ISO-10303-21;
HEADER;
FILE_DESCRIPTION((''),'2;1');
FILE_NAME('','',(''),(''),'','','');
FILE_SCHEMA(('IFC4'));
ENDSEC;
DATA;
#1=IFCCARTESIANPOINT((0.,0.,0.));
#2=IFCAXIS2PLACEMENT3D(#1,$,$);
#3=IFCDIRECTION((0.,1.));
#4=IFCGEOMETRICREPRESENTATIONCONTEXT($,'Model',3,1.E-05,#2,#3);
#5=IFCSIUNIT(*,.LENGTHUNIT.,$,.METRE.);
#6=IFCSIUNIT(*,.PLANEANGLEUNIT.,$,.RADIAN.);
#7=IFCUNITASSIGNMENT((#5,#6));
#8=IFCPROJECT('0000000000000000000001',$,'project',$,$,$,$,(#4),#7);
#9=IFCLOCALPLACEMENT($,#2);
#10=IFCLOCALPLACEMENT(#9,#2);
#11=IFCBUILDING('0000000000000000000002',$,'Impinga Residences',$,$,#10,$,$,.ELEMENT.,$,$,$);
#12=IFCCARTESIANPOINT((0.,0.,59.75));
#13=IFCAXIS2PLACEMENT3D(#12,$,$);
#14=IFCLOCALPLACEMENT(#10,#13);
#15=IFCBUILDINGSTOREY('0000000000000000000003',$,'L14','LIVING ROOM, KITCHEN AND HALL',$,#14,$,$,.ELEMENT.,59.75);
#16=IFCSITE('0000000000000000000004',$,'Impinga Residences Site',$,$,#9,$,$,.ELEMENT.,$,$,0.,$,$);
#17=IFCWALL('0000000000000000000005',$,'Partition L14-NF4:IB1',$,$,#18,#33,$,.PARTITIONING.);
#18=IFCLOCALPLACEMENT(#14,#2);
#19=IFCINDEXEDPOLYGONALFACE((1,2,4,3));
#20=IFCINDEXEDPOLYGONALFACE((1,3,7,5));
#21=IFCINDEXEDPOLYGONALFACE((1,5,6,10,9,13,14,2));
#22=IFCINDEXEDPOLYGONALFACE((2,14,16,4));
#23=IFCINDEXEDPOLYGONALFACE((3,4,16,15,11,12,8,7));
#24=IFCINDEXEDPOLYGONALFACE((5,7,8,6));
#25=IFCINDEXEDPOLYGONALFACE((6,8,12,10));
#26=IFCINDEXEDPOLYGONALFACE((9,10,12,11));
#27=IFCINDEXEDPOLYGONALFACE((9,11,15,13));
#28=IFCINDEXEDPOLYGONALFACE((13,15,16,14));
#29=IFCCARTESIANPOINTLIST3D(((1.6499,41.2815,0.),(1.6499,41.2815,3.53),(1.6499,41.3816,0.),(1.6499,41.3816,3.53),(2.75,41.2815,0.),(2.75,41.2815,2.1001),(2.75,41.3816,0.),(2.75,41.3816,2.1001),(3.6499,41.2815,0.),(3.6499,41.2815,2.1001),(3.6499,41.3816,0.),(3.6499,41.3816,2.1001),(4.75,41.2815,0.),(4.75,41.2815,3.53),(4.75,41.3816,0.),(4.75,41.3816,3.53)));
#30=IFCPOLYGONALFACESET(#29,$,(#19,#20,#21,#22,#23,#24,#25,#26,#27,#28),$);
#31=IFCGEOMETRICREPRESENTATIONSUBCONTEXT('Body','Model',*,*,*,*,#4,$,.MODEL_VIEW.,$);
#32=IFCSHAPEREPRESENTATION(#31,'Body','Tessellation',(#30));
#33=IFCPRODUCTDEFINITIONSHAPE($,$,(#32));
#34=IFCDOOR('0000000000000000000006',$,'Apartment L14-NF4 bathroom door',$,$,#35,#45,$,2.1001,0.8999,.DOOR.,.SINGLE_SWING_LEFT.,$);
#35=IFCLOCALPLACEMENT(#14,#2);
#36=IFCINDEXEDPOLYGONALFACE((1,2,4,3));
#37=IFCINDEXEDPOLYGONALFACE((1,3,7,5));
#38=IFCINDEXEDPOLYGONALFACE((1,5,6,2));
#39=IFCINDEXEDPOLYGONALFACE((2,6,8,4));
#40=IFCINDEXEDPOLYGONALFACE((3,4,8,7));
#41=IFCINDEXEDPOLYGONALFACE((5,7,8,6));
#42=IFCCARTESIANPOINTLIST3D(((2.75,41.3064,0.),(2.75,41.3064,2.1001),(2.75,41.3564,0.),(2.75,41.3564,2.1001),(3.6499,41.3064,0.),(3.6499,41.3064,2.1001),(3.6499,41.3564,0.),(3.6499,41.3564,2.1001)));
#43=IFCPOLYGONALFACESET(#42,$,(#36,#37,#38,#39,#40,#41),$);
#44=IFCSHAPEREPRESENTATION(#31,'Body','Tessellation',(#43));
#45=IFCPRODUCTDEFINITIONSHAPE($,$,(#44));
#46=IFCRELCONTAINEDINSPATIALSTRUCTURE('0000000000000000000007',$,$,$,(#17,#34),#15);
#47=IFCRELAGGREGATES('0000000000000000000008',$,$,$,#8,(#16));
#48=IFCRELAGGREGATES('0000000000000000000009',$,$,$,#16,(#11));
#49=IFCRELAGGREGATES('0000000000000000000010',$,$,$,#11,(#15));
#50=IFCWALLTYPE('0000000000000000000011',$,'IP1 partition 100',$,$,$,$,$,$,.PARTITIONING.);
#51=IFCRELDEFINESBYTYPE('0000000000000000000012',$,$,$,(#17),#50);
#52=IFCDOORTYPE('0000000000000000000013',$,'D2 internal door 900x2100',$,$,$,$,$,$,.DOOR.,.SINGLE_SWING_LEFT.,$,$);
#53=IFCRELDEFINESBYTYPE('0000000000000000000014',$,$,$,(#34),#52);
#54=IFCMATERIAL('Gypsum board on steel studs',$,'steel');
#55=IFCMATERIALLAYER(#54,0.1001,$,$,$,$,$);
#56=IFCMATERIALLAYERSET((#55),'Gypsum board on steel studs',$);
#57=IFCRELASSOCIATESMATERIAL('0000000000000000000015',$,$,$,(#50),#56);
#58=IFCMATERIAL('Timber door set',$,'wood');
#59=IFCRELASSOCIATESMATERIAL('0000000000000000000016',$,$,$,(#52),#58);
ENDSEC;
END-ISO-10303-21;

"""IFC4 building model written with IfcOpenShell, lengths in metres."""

from ifc_helpers import new_model, si_unit, direction, frame, frame_2d, origin, place, context, subcontext, project, spatial, rectangle, extrude, material, layer, layer_set, type_object, element, fill, save


model = new_model("IFC4")

# Units and contexts
model_context = context("Model", 3, precision=1e-05, world=origin(), true_north=direction((0.0, 1.0)))
body_context = subcontext(model_context, "Body", "Model", "MODEL_VIEW")
ifc_project = project(units=[si_unit("LENGTHUNIT", "METRE"), si_unit("PLANEANGLEUNIT", "RADIAN")], contexts=[model_context])

# Site, building, storey
site_placement = place(None, origin())
site = spatial("IfcSite", under=ifc_project, at=site_placement, Name="Impinga Residences Site", CompositionType="ELEMENT", RefElevation=0.0)
building_placement = place(site_placement, origin())
building = spatial("IfcBuilding", under=site, at=building_placement, Name="Impinga Residences", CompositionType="ELEMENT")
storey_placement = place(building_placement, frame((0.0, 0.0, 59.75)))
storey = spatial("IfcBuildingStorey", under=building, at=storey_placement, Name="L14", Description="LIVING ROOM, KITCHEN AND HALL", CompositionType="ELEMENT", Elevation=59.75)

# Shared definitions
ifc_material_1 = material(Name="Gypsum board on steel studs", Category="steel")
ifc_layer_1 = layer(ifc_material_1, 0.1001)
ifc_layer_set_1 = layer_set([ifc_layer_1], Name="Gypsum board on steel studs")
wall_type_1 = type_object("IfcWallType", Name="IP1 partition 100", PredefinedType="PARTITIONING", material=ifc_layer_set_1)

# Shared definitions
ifc_material_2 = material(Name="Timber door set", Category="wood")
door_type = type_object("IfcDoorType", Name="D2 internal door 900x2100", OperationType="SINGLE_SWING_LEFT", PredefinedType="DOOR", material=ifc_material_2)

# Wall, opening, door
wall_1_placement = place(storey_placement, frame((1.6499, 41.3315, 0.0), z_axis=(0.0, 0.0, 1.0), x_axis=(1.0, 0.0, 0.0)))
wall_1 = element("IfcWall", 1, at=wall_1_placement, inside=storey, type_object=wall_type_1, Name="Partition L14-NF4:IB1", PredefinedType="PARTITIONING", context=body_context, shape_type="SweptSolid", body=[
    extrude(rectangle(XDim=3.1001, YDim=0.1001, at=frame_2d((1.55, 0.0))), origin(), (0.0, 0.0, 1.0), 3.53),
])
opening_1_placement = place(wall_1_placement, frame((1.1001, 0.0, 0.0)))
opening_1 = element("IfcOpeningElement", 2, at=opening_1_placement, cuts=wall_1, PredefinedType="OPENING", context=body_context, shape_type="SweptSolid", body=[
    extrude(rectangle(XDim=0.8999, YDim=2.1001, at=frame_2d((0.45, 1.05))), frame((0.0, 0.0601, 0.0), z_axis=(0.0, -1.0, 0.0), x_axis=(1.0, 0.0, 0.0)), (0.0, 0.0, 1.0), 0.1201),
])
door_1_placement = place(opening_1_placement, origin())
door_1 = element("IfcDoor", 3, at=door_1_placement, inside=storey, type_object=door_type, Name="Apartment L14-NF4 bathroom door", OperationType="SINGLE_SWING_LEFT", OverallHeight=2.1001, OverallWidth=0.8999, PredefinedType="DOOR", context=body_context, shape_type="SweptSolid", body=[
    extrude(rectangle(XDim=0.8999, YDim=2.1001, at=frame_2d((0.45, 1.05))), frame((0.0, 0.0249, 0.0), z_axis=(0.0, -1.0, 0.0), x_axis=(1.0, 0.0, 0.0)), (0.0, 0.0, 1.0), 0.05),
])
fill(opening_1, door_1)

save(model, "model.ifc")
